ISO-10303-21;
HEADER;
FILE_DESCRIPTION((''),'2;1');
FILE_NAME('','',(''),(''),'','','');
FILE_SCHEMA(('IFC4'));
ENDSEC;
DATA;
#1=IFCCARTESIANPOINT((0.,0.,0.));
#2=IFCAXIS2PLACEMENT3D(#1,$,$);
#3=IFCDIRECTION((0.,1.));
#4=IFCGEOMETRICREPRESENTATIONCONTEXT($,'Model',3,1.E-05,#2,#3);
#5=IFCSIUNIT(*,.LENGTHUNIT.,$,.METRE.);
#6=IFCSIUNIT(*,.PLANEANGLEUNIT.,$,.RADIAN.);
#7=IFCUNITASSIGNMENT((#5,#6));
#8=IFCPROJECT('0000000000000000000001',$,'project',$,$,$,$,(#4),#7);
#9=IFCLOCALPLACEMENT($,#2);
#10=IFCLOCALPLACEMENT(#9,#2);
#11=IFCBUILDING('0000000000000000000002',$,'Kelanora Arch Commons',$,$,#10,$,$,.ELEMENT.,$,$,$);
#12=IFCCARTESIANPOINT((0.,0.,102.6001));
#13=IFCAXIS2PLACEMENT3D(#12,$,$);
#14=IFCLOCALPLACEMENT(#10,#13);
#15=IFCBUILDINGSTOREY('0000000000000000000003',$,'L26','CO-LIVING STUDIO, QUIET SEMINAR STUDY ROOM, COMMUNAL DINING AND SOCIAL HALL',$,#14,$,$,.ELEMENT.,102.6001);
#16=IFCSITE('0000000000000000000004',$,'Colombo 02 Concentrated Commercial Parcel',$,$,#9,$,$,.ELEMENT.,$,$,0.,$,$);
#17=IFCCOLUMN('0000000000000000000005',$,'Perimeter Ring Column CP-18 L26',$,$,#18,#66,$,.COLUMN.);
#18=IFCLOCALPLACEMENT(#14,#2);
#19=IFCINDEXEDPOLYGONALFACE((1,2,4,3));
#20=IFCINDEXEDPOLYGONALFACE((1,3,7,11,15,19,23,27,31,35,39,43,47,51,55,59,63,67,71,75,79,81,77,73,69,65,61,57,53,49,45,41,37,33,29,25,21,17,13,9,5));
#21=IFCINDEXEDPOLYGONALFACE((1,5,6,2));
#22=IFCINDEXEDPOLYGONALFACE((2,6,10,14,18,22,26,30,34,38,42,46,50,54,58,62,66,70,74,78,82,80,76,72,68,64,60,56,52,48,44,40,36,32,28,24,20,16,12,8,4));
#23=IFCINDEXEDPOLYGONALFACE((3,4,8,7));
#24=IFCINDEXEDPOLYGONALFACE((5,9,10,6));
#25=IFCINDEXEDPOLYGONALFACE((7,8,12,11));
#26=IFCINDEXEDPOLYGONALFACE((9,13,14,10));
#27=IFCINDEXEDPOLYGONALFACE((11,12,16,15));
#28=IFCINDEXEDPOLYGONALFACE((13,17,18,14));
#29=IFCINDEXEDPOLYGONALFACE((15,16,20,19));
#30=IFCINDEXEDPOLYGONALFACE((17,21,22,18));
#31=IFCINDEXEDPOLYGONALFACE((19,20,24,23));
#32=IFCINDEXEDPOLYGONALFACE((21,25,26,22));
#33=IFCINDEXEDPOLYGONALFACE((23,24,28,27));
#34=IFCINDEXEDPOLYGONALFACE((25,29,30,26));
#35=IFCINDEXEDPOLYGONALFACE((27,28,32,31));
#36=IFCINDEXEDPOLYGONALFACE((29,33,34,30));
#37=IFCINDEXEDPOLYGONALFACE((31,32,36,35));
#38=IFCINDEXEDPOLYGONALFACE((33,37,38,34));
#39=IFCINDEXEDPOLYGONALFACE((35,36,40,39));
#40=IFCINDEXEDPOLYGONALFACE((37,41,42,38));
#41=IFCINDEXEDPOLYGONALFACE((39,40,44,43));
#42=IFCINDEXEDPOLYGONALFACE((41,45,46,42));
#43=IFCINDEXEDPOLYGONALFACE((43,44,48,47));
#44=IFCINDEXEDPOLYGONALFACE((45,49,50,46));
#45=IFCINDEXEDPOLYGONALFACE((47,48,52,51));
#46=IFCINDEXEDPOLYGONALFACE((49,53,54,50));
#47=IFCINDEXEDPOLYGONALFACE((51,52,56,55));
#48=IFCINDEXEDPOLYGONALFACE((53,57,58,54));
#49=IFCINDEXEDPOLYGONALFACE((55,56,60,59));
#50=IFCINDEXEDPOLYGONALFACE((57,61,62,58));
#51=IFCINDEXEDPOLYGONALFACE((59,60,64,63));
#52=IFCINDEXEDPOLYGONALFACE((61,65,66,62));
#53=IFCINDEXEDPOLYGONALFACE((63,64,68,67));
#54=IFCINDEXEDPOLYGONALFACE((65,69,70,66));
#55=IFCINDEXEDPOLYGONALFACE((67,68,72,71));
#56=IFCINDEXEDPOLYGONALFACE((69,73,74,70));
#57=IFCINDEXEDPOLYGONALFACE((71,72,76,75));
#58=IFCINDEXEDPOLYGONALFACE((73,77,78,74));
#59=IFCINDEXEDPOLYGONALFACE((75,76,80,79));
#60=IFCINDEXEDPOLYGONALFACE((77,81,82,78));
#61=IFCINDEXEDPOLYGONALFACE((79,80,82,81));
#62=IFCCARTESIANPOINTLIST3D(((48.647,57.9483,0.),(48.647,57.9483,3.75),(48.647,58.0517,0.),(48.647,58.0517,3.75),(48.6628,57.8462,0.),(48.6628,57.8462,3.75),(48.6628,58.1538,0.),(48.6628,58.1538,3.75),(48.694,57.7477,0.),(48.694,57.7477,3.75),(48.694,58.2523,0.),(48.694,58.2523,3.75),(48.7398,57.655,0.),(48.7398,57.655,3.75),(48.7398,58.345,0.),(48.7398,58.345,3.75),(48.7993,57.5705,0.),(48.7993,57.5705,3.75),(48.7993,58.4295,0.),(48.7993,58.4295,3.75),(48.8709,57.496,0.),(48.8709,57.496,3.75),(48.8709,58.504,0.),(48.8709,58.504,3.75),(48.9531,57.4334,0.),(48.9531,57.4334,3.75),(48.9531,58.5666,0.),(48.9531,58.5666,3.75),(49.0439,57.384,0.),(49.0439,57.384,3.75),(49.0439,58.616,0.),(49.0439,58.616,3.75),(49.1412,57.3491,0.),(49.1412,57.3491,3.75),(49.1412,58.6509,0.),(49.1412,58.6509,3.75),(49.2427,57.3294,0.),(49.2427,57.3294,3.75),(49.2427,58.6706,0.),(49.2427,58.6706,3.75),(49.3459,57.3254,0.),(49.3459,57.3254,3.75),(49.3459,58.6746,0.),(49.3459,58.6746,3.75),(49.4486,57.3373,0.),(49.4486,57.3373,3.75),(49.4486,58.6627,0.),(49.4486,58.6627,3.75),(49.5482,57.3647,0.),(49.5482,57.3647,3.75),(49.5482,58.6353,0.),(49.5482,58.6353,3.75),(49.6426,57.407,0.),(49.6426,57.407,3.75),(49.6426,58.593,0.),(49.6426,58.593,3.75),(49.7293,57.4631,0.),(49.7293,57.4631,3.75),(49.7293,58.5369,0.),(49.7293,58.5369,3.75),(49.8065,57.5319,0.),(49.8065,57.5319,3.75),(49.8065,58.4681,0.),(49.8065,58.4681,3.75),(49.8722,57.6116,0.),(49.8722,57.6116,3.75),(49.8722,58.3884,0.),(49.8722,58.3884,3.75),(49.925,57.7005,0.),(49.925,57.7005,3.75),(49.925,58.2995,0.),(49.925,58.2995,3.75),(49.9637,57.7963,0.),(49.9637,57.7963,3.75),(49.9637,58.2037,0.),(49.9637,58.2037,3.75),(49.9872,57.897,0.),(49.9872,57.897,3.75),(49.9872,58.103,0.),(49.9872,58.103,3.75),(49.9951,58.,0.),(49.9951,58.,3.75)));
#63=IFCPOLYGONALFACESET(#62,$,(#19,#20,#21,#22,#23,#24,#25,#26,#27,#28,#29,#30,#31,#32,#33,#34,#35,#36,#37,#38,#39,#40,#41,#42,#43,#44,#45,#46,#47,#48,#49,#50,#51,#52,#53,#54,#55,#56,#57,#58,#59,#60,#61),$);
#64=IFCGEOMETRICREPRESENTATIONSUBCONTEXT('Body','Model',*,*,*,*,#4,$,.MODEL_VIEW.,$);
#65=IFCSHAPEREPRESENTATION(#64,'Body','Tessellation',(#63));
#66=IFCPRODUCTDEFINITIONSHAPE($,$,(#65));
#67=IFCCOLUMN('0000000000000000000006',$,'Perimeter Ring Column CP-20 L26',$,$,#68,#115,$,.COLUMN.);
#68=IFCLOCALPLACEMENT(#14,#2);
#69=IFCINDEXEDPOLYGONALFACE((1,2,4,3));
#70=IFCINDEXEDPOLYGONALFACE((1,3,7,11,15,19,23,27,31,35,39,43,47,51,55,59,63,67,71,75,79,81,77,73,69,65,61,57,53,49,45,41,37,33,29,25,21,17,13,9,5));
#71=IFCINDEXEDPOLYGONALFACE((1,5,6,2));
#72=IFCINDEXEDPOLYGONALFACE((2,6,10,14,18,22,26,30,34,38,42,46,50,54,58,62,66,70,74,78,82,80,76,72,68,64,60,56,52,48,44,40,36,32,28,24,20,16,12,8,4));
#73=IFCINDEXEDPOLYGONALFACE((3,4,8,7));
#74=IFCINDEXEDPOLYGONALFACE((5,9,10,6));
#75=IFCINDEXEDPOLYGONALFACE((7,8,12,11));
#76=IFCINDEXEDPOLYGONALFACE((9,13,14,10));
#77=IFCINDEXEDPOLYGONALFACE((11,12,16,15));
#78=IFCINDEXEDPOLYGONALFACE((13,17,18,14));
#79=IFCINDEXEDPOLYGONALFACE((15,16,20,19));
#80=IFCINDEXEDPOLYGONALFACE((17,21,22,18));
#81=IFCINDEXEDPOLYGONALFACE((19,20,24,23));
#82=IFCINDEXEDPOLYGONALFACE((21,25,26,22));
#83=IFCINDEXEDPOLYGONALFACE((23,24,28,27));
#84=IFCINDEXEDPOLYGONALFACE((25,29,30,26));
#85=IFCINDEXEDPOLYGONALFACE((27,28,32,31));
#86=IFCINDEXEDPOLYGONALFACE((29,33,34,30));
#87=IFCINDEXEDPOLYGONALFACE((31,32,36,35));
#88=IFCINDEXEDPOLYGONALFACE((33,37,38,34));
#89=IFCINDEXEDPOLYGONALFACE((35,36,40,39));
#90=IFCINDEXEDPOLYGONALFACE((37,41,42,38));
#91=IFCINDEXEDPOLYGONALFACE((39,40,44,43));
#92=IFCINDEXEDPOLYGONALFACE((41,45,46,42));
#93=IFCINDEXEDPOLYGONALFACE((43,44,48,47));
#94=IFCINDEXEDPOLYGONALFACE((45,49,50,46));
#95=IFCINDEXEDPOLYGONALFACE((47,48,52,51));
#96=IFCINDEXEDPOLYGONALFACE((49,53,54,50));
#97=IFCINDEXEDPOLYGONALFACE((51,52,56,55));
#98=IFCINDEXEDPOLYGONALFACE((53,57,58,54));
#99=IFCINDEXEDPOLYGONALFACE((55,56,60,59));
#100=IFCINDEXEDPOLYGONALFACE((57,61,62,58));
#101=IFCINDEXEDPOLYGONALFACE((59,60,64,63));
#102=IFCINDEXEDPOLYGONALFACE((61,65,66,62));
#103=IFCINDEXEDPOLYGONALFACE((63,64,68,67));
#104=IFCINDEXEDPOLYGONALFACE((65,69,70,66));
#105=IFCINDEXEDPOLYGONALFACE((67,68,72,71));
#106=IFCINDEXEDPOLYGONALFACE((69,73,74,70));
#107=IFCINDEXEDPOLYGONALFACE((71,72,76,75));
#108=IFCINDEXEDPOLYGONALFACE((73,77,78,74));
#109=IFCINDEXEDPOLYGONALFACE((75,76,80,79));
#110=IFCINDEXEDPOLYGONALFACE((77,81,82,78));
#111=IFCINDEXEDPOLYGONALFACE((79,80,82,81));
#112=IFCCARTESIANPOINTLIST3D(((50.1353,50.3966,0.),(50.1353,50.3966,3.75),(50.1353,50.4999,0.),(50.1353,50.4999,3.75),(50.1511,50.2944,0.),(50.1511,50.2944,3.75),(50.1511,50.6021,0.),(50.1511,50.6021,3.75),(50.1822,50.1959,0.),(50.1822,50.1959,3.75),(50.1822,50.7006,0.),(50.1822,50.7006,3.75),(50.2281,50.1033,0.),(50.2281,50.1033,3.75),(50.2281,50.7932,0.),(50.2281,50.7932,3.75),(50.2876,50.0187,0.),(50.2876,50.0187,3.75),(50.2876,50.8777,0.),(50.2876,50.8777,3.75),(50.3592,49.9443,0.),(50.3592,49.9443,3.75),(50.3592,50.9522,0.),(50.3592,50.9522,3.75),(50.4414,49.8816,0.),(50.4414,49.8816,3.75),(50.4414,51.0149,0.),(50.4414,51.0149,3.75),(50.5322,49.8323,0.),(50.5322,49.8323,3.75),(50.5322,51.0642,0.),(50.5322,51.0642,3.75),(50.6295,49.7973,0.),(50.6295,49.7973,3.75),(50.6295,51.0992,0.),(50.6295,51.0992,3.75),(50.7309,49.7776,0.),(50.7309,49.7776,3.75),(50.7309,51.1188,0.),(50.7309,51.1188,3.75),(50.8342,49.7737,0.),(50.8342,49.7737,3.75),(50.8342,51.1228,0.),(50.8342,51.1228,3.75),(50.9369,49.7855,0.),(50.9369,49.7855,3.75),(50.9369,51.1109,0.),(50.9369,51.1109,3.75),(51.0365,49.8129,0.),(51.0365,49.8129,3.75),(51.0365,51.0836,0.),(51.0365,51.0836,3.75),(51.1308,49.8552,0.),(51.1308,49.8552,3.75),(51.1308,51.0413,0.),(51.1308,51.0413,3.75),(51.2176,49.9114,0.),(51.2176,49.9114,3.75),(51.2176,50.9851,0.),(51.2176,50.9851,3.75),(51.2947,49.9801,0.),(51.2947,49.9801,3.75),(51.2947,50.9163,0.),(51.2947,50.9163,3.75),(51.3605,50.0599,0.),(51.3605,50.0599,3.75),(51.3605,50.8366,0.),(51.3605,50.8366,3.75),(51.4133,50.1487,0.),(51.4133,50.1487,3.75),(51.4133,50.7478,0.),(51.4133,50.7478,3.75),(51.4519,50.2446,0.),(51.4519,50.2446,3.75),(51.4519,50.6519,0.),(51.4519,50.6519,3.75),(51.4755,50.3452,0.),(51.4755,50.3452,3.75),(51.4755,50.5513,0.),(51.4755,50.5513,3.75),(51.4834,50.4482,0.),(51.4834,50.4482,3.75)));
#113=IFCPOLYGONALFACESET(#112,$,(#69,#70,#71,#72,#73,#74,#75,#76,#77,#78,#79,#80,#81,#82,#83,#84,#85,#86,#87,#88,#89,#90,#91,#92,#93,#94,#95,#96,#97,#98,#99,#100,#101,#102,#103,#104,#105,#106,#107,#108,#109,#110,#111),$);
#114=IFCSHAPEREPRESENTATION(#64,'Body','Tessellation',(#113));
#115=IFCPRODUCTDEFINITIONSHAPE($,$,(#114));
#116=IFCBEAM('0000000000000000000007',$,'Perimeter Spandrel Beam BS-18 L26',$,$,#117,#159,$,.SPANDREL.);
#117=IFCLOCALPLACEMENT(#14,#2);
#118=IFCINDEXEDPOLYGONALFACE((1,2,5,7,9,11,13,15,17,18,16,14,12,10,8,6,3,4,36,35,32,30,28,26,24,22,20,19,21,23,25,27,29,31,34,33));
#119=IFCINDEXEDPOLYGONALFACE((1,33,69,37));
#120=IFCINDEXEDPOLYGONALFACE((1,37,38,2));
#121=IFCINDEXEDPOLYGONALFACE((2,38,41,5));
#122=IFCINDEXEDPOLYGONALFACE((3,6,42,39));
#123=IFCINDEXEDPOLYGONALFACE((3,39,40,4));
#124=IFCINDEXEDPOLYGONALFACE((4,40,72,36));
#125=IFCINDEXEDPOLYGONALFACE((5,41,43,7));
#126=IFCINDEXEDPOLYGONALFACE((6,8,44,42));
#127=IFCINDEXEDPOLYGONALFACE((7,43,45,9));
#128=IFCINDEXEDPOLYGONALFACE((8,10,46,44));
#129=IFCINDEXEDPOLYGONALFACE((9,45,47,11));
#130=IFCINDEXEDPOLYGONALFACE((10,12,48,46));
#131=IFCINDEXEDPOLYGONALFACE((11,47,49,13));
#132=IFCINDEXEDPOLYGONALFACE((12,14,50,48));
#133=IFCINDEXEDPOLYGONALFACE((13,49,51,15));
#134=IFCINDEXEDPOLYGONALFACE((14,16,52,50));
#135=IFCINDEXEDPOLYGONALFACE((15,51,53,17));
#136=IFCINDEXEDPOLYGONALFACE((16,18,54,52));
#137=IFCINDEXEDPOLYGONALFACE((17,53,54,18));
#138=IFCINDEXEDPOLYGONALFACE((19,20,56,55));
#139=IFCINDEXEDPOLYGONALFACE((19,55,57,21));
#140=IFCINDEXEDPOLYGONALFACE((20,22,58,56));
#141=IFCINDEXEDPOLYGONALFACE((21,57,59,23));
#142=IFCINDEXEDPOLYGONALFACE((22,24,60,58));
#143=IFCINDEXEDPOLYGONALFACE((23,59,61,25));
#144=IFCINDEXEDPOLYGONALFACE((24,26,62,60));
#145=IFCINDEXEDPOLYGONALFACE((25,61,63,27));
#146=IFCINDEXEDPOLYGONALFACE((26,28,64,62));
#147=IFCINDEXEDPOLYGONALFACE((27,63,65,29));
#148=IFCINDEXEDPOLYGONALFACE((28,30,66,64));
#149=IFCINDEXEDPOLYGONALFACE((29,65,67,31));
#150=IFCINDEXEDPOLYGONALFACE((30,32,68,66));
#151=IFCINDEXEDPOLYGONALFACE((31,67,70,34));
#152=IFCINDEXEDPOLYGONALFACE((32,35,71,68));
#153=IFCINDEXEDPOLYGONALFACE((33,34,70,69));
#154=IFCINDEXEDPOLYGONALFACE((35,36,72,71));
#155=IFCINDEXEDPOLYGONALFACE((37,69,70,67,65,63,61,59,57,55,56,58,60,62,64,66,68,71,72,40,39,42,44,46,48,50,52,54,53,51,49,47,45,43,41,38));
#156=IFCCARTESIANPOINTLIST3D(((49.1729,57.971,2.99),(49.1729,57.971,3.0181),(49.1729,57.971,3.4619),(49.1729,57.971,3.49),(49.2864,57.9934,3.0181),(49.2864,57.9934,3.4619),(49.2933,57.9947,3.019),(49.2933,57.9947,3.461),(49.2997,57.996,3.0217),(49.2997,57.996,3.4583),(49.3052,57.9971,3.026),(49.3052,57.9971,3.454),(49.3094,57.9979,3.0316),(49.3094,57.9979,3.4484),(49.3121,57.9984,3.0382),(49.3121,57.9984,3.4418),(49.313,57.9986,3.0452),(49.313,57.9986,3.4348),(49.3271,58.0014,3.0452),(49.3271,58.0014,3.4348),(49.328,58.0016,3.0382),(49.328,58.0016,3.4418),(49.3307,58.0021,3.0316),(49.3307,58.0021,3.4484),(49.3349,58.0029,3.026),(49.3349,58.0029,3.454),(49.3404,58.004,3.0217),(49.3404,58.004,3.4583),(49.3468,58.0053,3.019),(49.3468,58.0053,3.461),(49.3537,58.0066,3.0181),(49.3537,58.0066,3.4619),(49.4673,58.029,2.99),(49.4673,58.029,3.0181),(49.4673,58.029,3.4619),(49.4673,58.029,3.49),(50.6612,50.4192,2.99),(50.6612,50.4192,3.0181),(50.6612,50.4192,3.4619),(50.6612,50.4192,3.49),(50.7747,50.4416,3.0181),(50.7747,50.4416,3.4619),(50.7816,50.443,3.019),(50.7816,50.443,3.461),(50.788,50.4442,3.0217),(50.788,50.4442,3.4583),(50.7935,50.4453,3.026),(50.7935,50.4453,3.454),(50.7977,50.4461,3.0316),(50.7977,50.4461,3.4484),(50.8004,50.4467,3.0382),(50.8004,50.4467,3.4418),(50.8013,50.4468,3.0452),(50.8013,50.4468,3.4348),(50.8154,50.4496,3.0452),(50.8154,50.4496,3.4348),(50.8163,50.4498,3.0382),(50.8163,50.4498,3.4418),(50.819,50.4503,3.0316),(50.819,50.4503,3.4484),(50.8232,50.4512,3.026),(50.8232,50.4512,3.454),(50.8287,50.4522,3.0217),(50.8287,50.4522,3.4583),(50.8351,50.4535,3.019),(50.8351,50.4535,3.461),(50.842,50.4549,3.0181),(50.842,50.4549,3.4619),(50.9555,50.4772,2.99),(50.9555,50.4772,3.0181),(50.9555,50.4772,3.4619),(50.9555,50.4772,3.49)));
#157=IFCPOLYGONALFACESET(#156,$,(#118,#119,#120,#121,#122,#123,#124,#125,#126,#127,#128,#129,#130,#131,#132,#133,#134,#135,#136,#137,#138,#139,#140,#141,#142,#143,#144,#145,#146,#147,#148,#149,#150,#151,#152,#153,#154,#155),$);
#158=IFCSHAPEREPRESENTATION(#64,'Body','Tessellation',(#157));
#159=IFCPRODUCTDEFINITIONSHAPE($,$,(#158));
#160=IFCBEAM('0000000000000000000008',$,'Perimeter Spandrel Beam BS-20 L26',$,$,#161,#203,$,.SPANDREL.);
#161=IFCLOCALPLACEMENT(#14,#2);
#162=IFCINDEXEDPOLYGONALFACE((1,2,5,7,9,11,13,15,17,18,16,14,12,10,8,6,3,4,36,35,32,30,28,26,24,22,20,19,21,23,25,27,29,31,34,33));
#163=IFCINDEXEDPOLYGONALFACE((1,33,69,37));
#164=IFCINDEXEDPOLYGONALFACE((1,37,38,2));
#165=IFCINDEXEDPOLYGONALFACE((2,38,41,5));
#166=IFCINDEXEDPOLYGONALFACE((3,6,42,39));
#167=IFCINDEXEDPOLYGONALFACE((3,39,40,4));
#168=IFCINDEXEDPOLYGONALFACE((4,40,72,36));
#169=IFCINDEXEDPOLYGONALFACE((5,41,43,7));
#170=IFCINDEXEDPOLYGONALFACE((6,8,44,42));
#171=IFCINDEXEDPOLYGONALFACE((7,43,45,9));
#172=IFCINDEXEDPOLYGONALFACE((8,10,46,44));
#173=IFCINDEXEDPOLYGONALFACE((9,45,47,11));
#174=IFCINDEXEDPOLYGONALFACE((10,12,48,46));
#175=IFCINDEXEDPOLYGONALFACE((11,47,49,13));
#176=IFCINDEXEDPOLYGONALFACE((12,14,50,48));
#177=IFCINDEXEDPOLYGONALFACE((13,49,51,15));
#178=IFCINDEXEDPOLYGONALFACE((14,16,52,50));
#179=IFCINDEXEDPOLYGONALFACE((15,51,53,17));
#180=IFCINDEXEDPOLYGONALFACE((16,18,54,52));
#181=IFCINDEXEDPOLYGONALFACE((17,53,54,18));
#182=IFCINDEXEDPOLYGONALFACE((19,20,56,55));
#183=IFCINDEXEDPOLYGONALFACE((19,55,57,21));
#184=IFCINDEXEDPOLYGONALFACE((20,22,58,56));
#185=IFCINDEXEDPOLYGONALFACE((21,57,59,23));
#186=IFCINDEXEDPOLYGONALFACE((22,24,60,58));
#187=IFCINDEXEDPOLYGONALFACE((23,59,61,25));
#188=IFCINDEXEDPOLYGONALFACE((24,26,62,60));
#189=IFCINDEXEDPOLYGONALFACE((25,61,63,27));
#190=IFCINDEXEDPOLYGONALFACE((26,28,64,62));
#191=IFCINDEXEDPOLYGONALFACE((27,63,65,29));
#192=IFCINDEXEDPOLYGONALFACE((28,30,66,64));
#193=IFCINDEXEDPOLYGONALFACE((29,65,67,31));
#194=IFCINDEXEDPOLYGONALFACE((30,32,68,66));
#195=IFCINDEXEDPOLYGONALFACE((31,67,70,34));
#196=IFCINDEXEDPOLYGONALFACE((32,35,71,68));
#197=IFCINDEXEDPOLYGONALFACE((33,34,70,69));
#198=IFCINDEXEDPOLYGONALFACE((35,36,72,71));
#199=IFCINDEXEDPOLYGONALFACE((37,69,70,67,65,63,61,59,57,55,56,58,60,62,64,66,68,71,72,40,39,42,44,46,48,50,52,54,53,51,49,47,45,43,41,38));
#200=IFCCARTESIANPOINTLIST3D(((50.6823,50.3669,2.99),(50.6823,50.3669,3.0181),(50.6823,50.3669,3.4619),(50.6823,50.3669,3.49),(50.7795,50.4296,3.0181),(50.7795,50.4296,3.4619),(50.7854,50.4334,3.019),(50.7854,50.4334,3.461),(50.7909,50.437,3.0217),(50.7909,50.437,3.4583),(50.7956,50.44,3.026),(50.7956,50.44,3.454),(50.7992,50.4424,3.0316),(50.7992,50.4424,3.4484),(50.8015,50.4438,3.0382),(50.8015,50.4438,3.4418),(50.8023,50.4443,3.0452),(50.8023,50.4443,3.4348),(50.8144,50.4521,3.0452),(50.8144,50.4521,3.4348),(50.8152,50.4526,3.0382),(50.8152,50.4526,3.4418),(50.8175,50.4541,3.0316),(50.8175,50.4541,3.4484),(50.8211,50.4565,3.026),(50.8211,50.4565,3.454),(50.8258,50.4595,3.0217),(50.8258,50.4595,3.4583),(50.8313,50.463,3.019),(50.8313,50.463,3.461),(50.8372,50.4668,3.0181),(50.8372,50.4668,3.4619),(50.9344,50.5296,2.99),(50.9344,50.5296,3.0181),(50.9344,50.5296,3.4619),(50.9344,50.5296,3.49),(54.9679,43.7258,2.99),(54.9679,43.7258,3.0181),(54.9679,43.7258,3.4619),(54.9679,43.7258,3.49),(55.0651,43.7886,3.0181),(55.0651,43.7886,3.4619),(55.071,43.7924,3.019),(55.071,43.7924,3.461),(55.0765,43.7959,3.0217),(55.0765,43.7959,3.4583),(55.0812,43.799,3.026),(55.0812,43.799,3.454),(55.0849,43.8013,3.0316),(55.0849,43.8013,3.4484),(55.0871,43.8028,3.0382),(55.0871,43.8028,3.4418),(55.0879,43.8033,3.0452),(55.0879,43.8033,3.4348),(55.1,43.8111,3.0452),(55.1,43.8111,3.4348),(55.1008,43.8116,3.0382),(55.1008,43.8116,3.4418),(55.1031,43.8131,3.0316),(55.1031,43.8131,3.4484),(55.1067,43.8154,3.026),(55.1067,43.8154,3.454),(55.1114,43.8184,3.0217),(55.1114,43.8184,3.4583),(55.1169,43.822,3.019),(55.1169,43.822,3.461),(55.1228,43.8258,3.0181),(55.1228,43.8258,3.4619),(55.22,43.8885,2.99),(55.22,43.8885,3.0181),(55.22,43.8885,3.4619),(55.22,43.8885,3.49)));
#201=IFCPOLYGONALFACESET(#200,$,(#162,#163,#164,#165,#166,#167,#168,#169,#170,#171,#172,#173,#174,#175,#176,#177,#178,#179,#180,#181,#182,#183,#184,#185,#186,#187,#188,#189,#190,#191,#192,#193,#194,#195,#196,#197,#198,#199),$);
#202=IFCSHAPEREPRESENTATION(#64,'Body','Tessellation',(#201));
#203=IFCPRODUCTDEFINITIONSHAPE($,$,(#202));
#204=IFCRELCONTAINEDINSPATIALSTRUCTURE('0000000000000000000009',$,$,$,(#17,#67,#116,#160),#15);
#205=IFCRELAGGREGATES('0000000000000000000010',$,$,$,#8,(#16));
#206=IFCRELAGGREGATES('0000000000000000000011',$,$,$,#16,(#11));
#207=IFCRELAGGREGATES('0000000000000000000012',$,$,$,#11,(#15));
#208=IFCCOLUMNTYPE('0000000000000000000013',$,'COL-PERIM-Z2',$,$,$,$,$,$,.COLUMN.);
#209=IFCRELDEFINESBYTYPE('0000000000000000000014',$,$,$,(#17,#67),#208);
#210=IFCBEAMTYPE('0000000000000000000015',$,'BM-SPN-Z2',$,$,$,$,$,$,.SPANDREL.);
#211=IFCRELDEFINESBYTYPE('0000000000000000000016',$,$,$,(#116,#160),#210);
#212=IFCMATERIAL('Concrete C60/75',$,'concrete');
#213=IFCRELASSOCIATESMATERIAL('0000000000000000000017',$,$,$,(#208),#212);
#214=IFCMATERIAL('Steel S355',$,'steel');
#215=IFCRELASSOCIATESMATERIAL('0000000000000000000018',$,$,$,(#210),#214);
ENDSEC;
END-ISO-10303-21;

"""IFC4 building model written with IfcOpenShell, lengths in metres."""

from ifc_helpers import new_model, si_unit, direction, frame, origin, origin_2d, place, context, subcontext, project, spatial, circle, i_section, extrude, material, material_profile, profile_set, type_object, element, save


model = new_model("IFC4")

# Units and contexts
model_context = context("Model", 3, precision=1e-05, world=origin(), true_north=direction((0.0, 1.0)))
body_context = subcontext(model_context, "Body", "Model", "MODEL_VIEW")
ifc_project = project(units=[si_unit("LENGTHUNIT", "METRE"), si_unit("PLANEANGLEUNIT", "RADIAN")], contexts=[model_context])

# Site, building, storey
site_placement = place(None, origin())
site = spatial("IfcSite", under=ifc_project, at=site_placement, Name="Colombo 02 Concentrated Commercial Parcel", CompositionType="ELEMENT", RefElevation=0.0)
building_placement = place(site_placement, origin())
building = spatial("IfcBuilding", under=site, at=building_placement, Name="Kelanora Arch Commons", CompositionType="ELEMENT")
storey_placement = place(building_placement, frame((0.0, 0.0, 102.6001)))
storey = spatial("IfcBuildingStorey", under=building, at=storey_placement, Name="L26", Description="CO-LIVING STUDIO, QUIET SEMINAR STUDY ROOM, COMMUNAL DINING AND SOCIAL HALL", CompositionType="ELEMENT", Elevation=102.6001)

# Columns
ifc_material_1 = material(Name="Concrete C60/75", Category="concrete")
ifc_material_profile_1 = material_profile(ifc_material_1, circle(Radius=0.675, at=origin_2d()), Name="RCC1350")
ifc_profile_set_1 = profile_set([ifc_material_profile_1], Name="Concrete C60/75")
column_type = type_object("IfcColumnType", Name="COL-PERIM-Z2", PredefinedType="COLUMN", material=ifc_profile_set_1)
for number, where, z_axis, x_axis, name in (
    (1, (49.3201, 58.0, 0.0), (0.0, 0.0, 1.0), (1.0, 0.0, 0.0), "Perimeter Ring Column CP-18 L26"),
    (2, (50.8083, 50.4482, 0.0), (0.0, 0.0, 1.0), (1.0, 0.0, 0.0), "Perimeter Ring Column CP-20 L26"),
):
    element("IfcColumn", number, at=place(storey_placement, frame(where, z_axis=z_axis, x_axis=x_axis)), inside=storey, type_object=column_type, Name=name, PredefinedType="COLUMN", context=body_context, shape_type="SweptSolid", body=[
        extrude(circle(Radius=0.675, at=origin_2d()), origin(), (0.0, 0.0, 1.0), 3.75),
    ])

# Beams
ifc_material_2 = material(Name="Steel S355", Category="steel")
ifc_material_profile_2 = material_profile(ifc_material_2, i_section(OverallWidth=0.3, OverallDepth=0.5, WebThickness=0.0144, FlangeThickness=0.0281, FilletRadius=0.0271, at=origin_2d()), Name="HEB500")
ifc_profile_set_2 = profile_set([ifc_material_profile_2], Name="Steel S355")
beam_type = type_object("IfcBeamType", Name="BM-SPN-Z2", PredefinedType="SPANDREL", material=ifc_profile_set_2)
beam_1_placement = place(storey_placement, frame((49.3201, 58.0, 3.24), z_axis=(0.193358, -0.981128, 0.0), x_axis=(0.981128, 0.193358, 0.0)))
element("IfcBeam", 3, at=beam_1_placement, inside=storey, type_object=beam_type, Name="Perimeter Spandrel Beam BS-18 L26", PredefinedType="SPANDREL", context=body_context, shape_type="SweptSolid", body=[
    extrude(i_section(OverallWidth=0.3, OverallDepth=0.5, WebThickness=0.0144, FlangeThickness=0.0281, FilletRadius=0.0271, at=origin_2d()), origin(), (0.0, 0.0, 1.0), 7.697),
])
beam_2_placement = place(storey_placement, frame((50.8083, 50.4482, 3.24), z_axis=(0.542221, -0.840236, 0.0), x_axis=(0.840236, 0.542221, 0.0)))
element("IfcBeam", 4, at=beam_2_placement, inside=storey, type_object=beam_type, Name="Perimeter Spandrel Beam BS-20 L26", PredefinedType="SPANDREL", context=body_context, shape_type="SweptSolid", body=[
    extrude(i_section(OverallWidth=0.3, OverallDepth=0.5, WebThickness=0.0144, FlangeThickness=0.0281, FilletRadius=0.0271, at=origin_2d()), origin(), (0.0, 0.0, 1.0), 7.9038),
])

save(model, "model.ifc")
